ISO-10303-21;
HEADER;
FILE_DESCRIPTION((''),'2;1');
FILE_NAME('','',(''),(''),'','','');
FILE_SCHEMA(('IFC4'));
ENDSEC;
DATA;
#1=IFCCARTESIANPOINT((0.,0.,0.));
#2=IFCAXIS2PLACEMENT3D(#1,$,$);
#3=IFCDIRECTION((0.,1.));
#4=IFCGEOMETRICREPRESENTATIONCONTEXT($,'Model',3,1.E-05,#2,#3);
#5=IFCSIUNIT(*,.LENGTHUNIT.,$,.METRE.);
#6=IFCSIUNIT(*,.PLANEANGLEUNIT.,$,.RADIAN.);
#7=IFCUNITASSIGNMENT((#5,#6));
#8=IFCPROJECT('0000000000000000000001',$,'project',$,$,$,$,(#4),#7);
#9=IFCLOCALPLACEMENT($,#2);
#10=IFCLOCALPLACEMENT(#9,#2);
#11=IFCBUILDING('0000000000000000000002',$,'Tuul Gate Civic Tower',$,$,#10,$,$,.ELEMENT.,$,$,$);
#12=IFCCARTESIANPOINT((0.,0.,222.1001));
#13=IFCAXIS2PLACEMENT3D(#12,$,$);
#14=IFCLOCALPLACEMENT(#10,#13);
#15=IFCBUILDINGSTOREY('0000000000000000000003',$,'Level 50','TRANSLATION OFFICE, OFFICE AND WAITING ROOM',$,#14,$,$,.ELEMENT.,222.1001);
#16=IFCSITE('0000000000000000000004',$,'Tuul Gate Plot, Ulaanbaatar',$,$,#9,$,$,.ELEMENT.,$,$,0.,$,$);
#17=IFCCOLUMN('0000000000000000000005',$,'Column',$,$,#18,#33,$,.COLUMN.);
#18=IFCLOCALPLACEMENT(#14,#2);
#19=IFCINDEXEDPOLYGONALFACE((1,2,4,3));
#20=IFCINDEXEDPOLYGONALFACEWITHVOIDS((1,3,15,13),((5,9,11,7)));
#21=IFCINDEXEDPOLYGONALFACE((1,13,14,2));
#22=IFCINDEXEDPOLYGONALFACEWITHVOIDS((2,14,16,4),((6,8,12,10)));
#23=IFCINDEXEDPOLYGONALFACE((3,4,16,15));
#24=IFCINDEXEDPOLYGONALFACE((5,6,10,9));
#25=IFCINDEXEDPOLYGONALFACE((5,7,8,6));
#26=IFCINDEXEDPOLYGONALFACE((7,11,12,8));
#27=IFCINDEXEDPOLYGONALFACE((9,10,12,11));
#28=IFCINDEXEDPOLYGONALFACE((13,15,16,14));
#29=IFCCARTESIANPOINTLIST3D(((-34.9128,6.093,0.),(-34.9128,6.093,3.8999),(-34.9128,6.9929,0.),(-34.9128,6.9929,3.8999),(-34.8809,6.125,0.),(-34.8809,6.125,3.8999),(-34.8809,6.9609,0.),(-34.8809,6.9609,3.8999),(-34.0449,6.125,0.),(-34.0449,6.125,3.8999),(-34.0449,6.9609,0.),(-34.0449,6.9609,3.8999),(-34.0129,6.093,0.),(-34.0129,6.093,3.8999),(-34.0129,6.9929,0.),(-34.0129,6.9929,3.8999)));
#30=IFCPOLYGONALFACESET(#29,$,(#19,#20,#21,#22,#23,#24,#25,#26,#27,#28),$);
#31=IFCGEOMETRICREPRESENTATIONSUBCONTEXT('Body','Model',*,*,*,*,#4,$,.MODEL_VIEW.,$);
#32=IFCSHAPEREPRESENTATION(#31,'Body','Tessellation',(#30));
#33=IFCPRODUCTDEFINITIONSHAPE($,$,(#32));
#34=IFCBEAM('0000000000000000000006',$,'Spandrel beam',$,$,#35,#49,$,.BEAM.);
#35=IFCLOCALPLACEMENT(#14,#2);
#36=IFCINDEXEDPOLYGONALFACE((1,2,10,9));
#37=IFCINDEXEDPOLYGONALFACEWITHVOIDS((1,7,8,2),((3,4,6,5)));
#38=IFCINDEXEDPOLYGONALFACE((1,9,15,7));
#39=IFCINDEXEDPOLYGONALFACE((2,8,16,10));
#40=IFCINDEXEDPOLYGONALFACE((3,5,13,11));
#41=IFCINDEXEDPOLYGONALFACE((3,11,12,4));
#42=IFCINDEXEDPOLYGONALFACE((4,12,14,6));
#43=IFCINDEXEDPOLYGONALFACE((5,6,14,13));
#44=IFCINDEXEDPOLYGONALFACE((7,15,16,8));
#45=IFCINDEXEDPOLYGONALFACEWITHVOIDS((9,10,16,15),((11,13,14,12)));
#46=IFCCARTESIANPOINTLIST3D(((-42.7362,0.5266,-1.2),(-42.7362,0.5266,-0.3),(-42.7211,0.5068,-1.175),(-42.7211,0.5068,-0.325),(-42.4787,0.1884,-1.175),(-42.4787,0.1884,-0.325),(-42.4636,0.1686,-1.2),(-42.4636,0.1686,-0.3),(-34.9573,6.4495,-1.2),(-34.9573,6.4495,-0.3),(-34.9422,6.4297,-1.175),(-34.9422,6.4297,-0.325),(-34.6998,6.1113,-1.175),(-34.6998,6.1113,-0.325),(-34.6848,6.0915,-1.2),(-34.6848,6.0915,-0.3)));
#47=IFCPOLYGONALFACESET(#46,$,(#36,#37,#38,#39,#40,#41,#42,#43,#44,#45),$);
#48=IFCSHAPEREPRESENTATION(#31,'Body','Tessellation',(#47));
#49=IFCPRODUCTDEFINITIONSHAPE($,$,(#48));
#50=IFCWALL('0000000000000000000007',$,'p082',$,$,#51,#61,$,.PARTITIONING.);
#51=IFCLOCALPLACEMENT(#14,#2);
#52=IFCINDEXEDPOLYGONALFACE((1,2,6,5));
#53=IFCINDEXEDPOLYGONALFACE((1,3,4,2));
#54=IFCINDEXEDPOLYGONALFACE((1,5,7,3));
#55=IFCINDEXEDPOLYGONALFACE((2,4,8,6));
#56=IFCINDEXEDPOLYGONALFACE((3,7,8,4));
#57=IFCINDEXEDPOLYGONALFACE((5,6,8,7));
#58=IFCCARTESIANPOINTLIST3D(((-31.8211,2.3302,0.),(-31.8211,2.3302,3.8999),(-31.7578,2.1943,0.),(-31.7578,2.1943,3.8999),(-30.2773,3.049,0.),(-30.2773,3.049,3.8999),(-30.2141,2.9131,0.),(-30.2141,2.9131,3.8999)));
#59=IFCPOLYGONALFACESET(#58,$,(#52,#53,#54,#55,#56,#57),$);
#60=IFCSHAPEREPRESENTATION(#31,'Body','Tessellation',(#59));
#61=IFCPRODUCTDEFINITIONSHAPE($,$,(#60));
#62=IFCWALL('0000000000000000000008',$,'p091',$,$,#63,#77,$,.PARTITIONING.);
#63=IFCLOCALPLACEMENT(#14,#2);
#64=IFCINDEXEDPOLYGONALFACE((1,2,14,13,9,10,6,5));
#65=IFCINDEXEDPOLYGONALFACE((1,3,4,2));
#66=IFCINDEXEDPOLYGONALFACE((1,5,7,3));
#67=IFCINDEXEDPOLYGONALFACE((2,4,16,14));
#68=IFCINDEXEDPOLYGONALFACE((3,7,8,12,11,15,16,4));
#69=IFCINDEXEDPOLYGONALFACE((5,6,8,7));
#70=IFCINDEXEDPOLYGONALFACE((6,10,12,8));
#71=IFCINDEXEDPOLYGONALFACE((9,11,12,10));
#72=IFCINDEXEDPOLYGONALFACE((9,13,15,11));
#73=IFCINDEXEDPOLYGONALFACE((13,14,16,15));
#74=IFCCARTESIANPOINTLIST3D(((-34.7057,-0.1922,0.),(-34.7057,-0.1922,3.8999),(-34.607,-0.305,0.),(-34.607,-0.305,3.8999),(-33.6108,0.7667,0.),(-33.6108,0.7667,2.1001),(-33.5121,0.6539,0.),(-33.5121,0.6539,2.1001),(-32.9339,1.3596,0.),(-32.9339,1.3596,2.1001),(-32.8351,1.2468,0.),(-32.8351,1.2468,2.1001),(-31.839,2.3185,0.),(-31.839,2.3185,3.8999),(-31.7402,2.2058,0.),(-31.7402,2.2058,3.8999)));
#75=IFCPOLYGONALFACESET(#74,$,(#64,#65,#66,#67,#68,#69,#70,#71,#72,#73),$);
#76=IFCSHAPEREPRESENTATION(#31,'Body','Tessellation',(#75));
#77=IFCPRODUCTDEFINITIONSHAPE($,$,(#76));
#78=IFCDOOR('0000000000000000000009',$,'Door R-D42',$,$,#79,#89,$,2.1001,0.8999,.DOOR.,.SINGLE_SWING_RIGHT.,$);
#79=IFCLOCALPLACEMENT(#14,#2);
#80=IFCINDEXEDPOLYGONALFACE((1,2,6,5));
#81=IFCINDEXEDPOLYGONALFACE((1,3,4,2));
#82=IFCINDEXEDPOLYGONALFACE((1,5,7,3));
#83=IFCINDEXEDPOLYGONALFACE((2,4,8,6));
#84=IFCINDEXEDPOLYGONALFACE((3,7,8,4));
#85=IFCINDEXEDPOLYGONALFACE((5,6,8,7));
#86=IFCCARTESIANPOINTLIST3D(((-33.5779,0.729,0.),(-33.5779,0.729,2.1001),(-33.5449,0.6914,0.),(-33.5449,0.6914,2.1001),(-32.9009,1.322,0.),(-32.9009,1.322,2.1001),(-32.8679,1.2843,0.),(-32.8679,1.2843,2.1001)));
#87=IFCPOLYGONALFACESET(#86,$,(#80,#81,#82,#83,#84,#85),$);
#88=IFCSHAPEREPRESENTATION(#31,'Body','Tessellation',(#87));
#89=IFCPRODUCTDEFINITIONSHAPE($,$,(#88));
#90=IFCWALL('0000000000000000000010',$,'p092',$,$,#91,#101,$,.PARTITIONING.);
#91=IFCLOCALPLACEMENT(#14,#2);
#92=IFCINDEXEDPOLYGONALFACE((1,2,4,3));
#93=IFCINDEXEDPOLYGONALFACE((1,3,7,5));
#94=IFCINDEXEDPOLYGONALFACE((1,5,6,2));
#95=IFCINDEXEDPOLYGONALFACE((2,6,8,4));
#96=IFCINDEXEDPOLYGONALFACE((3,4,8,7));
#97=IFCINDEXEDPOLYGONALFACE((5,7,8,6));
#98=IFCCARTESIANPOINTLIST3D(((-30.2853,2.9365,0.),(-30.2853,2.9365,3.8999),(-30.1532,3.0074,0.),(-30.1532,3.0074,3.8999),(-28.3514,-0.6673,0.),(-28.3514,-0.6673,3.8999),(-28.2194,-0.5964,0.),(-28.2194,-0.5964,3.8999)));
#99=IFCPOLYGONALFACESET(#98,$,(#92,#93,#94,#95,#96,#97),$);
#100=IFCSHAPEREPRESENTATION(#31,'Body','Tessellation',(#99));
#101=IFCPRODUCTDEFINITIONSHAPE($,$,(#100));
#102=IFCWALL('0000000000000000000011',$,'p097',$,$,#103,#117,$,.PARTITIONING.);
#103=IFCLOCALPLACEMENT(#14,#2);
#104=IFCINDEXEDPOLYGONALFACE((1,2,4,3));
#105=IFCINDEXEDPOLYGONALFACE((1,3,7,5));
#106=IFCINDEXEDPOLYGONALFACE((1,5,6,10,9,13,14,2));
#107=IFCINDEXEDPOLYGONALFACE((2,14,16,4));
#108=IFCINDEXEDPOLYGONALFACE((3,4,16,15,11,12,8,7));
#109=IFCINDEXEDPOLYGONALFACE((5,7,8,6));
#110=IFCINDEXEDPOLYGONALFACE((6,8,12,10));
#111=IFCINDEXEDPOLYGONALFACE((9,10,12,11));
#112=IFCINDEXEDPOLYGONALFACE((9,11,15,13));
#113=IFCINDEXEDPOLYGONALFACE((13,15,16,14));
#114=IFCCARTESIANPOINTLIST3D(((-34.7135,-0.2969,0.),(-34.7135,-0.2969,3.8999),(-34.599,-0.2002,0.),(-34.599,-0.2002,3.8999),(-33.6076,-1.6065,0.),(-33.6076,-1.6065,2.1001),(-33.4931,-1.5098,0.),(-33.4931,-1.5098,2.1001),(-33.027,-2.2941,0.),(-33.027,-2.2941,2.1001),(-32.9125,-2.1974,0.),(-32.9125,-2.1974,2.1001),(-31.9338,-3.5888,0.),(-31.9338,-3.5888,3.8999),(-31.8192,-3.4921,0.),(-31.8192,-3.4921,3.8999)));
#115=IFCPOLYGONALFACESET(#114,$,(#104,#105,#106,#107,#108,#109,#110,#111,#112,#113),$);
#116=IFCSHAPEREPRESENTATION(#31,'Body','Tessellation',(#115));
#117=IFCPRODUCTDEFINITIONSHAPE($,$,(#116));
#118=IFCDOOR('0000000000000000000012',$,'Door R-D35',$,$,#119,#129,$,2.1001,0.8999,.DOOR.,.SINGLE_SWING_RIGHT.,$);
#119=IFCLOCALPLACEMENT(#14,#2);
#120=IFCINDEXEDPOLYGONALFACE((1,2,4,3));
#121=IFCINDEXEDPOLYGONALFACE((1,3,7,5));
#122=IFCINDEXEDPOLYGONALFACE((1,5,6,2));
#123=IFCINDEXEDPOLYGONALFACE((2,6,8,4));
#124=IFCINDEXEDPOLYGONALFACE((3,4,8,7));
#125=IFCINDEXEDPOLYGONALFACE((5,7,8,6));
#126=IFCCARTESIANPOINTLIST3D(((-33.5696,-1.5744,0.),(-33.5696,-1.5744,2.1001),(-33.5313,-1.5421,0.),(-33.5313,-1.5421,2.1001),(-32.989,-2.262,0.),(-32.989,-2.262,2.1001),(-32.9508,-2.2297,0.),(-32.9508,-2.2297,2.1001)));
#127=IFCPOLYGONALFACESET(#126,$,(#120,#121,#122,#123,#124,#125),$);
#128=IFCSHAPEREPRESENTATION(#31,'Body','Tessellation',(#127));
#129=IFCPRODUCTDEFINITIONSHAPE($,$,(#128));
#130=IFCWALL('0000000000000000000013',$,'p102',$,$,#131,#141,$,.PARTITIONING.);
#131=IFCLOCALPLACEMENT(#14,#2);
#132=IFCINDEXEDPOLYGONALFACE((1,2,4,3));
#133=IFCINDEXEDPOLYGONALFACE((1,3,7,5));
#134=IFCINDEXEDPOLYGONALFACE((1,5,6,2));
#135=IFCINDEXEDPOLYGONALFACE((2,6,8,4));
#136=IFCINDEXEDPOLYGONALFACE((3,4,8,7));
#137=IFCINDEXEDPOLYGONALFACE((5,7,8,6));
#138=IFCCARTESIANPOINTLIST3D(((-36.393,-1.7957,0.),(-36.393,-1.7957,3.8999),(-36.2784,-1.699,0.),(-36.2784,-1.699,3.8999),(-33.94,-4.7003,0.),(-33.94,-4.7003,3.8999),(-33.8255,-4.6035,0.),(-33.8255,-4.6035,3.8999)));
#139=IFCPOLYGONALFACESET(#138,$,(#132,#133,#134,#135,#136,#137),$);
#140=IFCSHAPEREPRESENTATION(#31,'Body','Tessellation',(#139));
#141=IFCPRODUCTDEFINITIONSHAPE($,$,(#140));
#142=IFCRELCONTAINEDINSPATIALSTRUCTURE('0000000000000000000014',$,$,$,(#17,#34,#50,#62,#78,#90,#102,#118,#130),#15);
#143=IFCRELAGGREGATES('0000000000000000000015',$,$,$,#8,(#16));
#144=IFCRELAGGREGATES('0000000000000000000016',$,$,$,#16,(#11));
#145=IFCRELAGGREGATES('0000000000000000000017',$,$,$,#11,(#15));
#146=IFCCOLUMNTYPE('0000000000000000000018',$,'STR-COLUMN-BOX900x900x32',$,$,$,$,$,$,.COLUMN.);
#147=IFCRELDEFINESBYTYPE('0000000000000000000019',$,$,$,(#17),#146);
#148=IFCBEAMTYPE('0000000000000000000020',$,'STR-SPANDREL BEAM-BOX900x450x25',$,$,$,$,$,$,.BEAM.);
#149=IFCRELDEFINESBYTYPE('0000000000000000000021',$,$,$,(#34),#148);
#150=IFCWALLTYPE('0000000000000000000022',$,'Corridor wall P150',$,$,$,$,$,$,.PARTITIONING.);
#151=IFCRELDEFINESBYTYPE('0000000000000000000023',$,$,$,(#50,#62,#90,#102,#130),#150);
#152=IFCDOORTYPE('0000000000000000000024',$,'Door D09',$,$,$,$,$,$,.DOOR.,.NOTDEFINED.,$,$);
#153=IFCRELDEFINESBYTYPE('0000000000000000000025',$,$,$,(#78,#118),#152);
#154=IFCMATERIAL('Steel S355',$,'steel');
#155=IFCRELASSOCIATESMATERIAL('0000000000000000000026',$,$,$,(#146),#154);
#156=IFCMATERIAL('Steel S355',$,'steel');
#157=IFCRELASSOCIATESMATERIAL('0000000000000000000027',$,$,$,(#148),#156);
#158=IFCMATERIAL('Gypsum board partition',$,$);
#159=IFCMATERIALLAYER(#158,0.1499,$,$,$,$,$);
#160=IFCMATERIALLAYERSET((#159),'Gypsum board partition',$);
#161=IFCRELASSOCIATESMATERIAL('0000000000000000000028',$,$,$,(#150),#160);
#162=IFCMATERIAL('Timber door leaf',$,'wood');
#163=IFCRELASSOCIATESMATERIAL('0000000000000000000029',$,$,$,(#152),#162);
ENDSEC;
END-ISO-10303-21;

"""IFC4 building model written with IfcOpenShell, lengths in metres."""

from ifc_helpers import new_model, si_unit, direction, frame, frame_2d, origin, origin_2d, place, context, subcontext, project, spatial, rectangle, hollow_rectangle, extrude, material, layer, layer_set, material_profile, profile_set, type_object, element, fill, save


model = new_model("IFC4")

# Units and contexts
model_context = context("Model", 3, precision=1e-05, world=origin(), true_north=direction((0.0, 1.0)))
body_context = subcontext(model_context, "Body", "Model", "MODEL_VIEW")
ifc_project = project(units=[si_unit("LENGTHUNIT", "METRE"), si_unit("PLANEANGLEUNIT", "RADIAN")], contexts=[model_context])

# Site, building, storey
site_placement = place(None, origin())
site = spatial("IfcSite", under=ifc_project, at=site_placement, Name="Tuul Gate Plot, Ulaanbaatar", CompositionType="ELEMENT", RefElevation=0.0)
building_placement = place(site_placement, origin())
building = spatial("IfcBuilding", under=site, at=building_placement, Name="Tuul Gate Civic Tower", CompositionType="ELEMENT")
storey_placement = place(building_placement, frame((0.0, 0.0, 222.1001)))
storey = spatial("IfcBuildingStorey", under=building, at=storey_placement, Name="Level 50", Description="TRANSLATION OFFICE, OFFICE AND WAITING ROOM", CompositionType="ELEMENT", Elevation=222.1001)

# Column
ifc_material_1 = material(Name="Steel S355", Category="steel")
ifc_material_profile_1 = material_profile(ifc_material_1, hollow_rectangle(XDim=0.8999, YDim=0.8999, WallThickness=0.032, at=origin_2d()), Name="BOX900x900x32")
ifc_profile_set_1 = profile_set([ifc_material_profile_1], Name="Steel S355")
column_type = type_object("IfcColumnType", Name="STR-COLUMN-BOX900x900x32", PredefinedType="COLUMN", material=ifc_profile_set_1)
column_placement = place(storey_placement, frame((-34.4629, 6.543, 0.0), z_axis=(0.0, 0.0, 1.0), x_axis=(1.0, 0.0, 0.0)))
element("IfcColumn", 1, at=column_placement, inside=storey, type_object=column_type, Name="Column", PredefinedType="COLUMN", context=body_context, shape_type="SweptSolid", body=[
    extrude(hollow_rectangle(XDim=0.8999, YDim=0.8999, WallThickness=0.032, at=origin_2d()), origin(), (0.0, 0.0, 1.0), 3.8999),
])

# Beam
ifc_material_2 = material(Name="Steel S355", Category="steel")
ifc_material_profile_2 = material_profile(ifc_material_2, hollow_rectangle(XDim=0.45, YDim=0.8999, WallThickness=0.0249, at=origin_2d()), Name="BOX900x450x25")
ifc_profile_set_2 = profile_set([ifc_material_profile_2], Name="Steel S355")
beam_type = type_object("IfcBeamType", Name="STR-SPANDREL BEAM-BOX900x450x25", PredefinedType="BEAM", material=ifc_profile_set_2)
beam_placement = place(storey_placement, frame((-34.821, 6.2705, -0.75), z_axis=(-0.795622, -0.605793, 0.0), x_axis=(0.605793, -0.795622, 0.0)))
element("IfcBeam", 2, at=beam_placement, inside=storey, type_object=beam_type, Name="Spandrel beam", PredefinedType="BEAM", context=body_context, shape_type="SweptSolid", body=[
    extrude(hollow_rectangle(XDim=0.45, YDim=0.8999, WallThickness=0.0249, at=origin_2d()), origin(), (0.0, 0.0, 1.0), 9.7771),
])

# Wall
ifc_material_3 = material(Name="Gypsum board partition")
ifc_layer_1 = layer(ifc_material_3, 0.1499)
ifc_layer_set_1 = layer_set([ifc_layer_1], Name="Gypsum board partition")
wall_type_1 = type_object("IfcWallType", Name="Corridor wall P150", PredefinedType="PARTITIONING", material=ifc_layer_set_1)
wall_1_placement = place(storey_placement, frame((-31.7896, 2.2622, 0.0), z_axis=(0.0, 0.0, 1.0), x_axis=(0.906553, 0.422093, 0.0)))
element("IfcWall", 3, at=wall_1_placement, inside=storey, type_object=wall_type_1, Name="p082", PredefinedType="PARTITIONING", context=body_context, shape_type="SweptSolid", body=[
    extrude(rectangle(XDim=1.7029, YDim=0.1499, at=frame_2d((0.8516, 0.0))), origin(), (0.0, 0.0, 1.0), 3.8999),
])

# Wall, opening, door
wall_2_placement = place(storey_placement, frame((-34.6562, -0.2485, 0.0), z_axis=(0.0, 0.0, 1.0), x_axis=(0.752267, 0.658858, 0.0)))
wall_2 = element("IfcWall", 4, at=wall_2_placement, inside=storey, type_object=wall_type_1, Name="p091", PredefinedType="PARTITIONING", context=body_context, shape_type="SweptSolid", body=[
    extrude(rectangle(XDim=3.8108, YDim=0.1499, at=frame_2d((1.9053, 0.0))), origin(), (0.0, 0.0, 1.0), 3.8999),
])
opening_1_placement = place(wall_2_placement, frame((1.4553, 0.0, 0.0)))
opening_1 = element("IfcOpeningElement", 5, at=opening_1_placement, cuts=wall_2, PredefinedType="OPENING", context=body_context, shape_type="SweptSolid", body=[
    extrude(rectangle(XDim=0.8999, YDim=2.1001, at=frame_2d((0.45, 1.05))), frame((0.0, 0.085, 0.0), z_axis=(0.0, -1.0, 0.0), x_axis=(1.0, 0.0, 0.0)), (0.0, 0.0, 1.0), 0.1699),
])
ifc_material_4 = material(Name="Timber door leaf", Category="wood")
door_type = type_object("IfcDoorType", Name="Door D09", OperationType="NOTDEFINED", PredefinedType="DOOR", material=ifc_material_4)
door_1_placement = place(opening_1_placement, origin())
door_1 = element("IfcDoor", 6, at=door_1_placement, inside=storey, type_object=door_type, Name="Door R-D42", OperationType="SINGLE_SWING_RIGHT", OverallHeight=2.1001, OverallWidth=0.8999, PredefinedType="DOOR", context=body_context, shape_type="SweptSolid", body=[
    extrude(rectangle(XDim=0.8999, YDim=2.1001, at=frame_2d((0.45, 1.05))), frame((0.0, 0.0249, 0.0), z_axis=(0.0, -1.0, 0.0), x_axis=(1.0, 0.0, 0.0)), (0.0, 0.0, 1.0), 0.05),
])
fill(opening_1, door_1)

# Wall
wall_3_placement = place(storey_placement, frame((-30.2192, 2.9719, 0.0), z_axis=(0.0, 0.0, 1.0), x_axis=(0.472839, -0.881149, 0.0)))
element("IfcWall", 7, at=wall_3_placement, inside=storey, type_object=wall_type_1, Name="p092", PredefinedType="PARTITIONING", context=body_context, shape_type="SweptSolid", body=[
    extrude(rectangle(XDim=4.0898, YDim=0.1499, at=frame_2d((2.0449, 0.0))), origin(), (0.0, 0.0, 1.0), 3.8999),
])

# Wall, opening, door
wall_4_placement = place(storey_placement, frame((-34.6562, -0.2485, 0.0), z_axis=(0.0, 0.0, 1.0), x_axis=(0.645165, -0.764044, 0.0)))
wall_4 = element("IfcWall", 8, at=wall_4_placement, inside=storey, type_object=wall_type_1, Name="p097", PredefinedType="PARTITIONING", context=body_context, shape_type="SweptSolid", body=[
    extrude(rectangle(XDim=4.3086, YDim=0.1499, at=frame_2d((2.1543, 0.0))), origin(), (0.0, 0.0, 1.0), 3.8999),
])
opening_2_placement = place(wall_4_placement, frame((1.7141, 0.0, 0.0)))
opening_2 = element("IfcOpeningElement", 9, at=opening_2_placement, cuts=wall_4, PredefinedType="OPENING", context=body_context, shape_type="SweptSolid", body=[
    extrude(rectangle(XDim=0.8999, YDim=2.1001, at=frame_2d((0.45, 1.05))), frame((0.0, 0.085, 0.0), z_axis=(0.0, -1.0, 0.0), x_axis=(1.0, 0.0, 0.0)), (0.0, 0.0, 1.0), 0.1699),
])
door_2_placement = place(opening_2_placement, origin())
door_2 = element("IfcDoor", 10, at=door_2_placement, inside=storey, type_object=door_type, Name="Door R-D35", OperationType="SINGLE_SWING_RIGHT", OverallHeight=2.1001, OverallWidth=0.8999, PredefinedType="DOOR", context=body_context, shape_type="SweptSolid", body=[
    extrude(rectangle(XDim=0.8999, YDim=2.1001, at=frame_2d((0.45, 1.05))), frame((0.0, 0.0249, 0.0), z_axis=(0.0, -1.0, 0.0), x_axis=(1.0, 0.0, 0.0)), (0.0, 0.0, 1.0), 0.05),
])
fill(opening_2, door_2)

# Wall
wall_5_placement = place(storey_placement, frame((-36.3357, -1.7473, 0.0), z_axis=(0.0, 0.0, 1.0), x_axis=(0.645205, -0.76401, 0.0)))
element("IfcWall", 11, at=wall_5_placement, inside=storey, type_object=wall_type_1, Name="p102", PredefinedType="PARTITIONING", context=body_context, shape_type="SweptSolid", body=[
    extrude(rectangle(XDim=3.8018, YDim=0.1499, at=frame_2d((1.9009, 0.0))), origin(), (0.0, 0.0, 1.0), 3.8999),
])

save(model, "model.ifc")
